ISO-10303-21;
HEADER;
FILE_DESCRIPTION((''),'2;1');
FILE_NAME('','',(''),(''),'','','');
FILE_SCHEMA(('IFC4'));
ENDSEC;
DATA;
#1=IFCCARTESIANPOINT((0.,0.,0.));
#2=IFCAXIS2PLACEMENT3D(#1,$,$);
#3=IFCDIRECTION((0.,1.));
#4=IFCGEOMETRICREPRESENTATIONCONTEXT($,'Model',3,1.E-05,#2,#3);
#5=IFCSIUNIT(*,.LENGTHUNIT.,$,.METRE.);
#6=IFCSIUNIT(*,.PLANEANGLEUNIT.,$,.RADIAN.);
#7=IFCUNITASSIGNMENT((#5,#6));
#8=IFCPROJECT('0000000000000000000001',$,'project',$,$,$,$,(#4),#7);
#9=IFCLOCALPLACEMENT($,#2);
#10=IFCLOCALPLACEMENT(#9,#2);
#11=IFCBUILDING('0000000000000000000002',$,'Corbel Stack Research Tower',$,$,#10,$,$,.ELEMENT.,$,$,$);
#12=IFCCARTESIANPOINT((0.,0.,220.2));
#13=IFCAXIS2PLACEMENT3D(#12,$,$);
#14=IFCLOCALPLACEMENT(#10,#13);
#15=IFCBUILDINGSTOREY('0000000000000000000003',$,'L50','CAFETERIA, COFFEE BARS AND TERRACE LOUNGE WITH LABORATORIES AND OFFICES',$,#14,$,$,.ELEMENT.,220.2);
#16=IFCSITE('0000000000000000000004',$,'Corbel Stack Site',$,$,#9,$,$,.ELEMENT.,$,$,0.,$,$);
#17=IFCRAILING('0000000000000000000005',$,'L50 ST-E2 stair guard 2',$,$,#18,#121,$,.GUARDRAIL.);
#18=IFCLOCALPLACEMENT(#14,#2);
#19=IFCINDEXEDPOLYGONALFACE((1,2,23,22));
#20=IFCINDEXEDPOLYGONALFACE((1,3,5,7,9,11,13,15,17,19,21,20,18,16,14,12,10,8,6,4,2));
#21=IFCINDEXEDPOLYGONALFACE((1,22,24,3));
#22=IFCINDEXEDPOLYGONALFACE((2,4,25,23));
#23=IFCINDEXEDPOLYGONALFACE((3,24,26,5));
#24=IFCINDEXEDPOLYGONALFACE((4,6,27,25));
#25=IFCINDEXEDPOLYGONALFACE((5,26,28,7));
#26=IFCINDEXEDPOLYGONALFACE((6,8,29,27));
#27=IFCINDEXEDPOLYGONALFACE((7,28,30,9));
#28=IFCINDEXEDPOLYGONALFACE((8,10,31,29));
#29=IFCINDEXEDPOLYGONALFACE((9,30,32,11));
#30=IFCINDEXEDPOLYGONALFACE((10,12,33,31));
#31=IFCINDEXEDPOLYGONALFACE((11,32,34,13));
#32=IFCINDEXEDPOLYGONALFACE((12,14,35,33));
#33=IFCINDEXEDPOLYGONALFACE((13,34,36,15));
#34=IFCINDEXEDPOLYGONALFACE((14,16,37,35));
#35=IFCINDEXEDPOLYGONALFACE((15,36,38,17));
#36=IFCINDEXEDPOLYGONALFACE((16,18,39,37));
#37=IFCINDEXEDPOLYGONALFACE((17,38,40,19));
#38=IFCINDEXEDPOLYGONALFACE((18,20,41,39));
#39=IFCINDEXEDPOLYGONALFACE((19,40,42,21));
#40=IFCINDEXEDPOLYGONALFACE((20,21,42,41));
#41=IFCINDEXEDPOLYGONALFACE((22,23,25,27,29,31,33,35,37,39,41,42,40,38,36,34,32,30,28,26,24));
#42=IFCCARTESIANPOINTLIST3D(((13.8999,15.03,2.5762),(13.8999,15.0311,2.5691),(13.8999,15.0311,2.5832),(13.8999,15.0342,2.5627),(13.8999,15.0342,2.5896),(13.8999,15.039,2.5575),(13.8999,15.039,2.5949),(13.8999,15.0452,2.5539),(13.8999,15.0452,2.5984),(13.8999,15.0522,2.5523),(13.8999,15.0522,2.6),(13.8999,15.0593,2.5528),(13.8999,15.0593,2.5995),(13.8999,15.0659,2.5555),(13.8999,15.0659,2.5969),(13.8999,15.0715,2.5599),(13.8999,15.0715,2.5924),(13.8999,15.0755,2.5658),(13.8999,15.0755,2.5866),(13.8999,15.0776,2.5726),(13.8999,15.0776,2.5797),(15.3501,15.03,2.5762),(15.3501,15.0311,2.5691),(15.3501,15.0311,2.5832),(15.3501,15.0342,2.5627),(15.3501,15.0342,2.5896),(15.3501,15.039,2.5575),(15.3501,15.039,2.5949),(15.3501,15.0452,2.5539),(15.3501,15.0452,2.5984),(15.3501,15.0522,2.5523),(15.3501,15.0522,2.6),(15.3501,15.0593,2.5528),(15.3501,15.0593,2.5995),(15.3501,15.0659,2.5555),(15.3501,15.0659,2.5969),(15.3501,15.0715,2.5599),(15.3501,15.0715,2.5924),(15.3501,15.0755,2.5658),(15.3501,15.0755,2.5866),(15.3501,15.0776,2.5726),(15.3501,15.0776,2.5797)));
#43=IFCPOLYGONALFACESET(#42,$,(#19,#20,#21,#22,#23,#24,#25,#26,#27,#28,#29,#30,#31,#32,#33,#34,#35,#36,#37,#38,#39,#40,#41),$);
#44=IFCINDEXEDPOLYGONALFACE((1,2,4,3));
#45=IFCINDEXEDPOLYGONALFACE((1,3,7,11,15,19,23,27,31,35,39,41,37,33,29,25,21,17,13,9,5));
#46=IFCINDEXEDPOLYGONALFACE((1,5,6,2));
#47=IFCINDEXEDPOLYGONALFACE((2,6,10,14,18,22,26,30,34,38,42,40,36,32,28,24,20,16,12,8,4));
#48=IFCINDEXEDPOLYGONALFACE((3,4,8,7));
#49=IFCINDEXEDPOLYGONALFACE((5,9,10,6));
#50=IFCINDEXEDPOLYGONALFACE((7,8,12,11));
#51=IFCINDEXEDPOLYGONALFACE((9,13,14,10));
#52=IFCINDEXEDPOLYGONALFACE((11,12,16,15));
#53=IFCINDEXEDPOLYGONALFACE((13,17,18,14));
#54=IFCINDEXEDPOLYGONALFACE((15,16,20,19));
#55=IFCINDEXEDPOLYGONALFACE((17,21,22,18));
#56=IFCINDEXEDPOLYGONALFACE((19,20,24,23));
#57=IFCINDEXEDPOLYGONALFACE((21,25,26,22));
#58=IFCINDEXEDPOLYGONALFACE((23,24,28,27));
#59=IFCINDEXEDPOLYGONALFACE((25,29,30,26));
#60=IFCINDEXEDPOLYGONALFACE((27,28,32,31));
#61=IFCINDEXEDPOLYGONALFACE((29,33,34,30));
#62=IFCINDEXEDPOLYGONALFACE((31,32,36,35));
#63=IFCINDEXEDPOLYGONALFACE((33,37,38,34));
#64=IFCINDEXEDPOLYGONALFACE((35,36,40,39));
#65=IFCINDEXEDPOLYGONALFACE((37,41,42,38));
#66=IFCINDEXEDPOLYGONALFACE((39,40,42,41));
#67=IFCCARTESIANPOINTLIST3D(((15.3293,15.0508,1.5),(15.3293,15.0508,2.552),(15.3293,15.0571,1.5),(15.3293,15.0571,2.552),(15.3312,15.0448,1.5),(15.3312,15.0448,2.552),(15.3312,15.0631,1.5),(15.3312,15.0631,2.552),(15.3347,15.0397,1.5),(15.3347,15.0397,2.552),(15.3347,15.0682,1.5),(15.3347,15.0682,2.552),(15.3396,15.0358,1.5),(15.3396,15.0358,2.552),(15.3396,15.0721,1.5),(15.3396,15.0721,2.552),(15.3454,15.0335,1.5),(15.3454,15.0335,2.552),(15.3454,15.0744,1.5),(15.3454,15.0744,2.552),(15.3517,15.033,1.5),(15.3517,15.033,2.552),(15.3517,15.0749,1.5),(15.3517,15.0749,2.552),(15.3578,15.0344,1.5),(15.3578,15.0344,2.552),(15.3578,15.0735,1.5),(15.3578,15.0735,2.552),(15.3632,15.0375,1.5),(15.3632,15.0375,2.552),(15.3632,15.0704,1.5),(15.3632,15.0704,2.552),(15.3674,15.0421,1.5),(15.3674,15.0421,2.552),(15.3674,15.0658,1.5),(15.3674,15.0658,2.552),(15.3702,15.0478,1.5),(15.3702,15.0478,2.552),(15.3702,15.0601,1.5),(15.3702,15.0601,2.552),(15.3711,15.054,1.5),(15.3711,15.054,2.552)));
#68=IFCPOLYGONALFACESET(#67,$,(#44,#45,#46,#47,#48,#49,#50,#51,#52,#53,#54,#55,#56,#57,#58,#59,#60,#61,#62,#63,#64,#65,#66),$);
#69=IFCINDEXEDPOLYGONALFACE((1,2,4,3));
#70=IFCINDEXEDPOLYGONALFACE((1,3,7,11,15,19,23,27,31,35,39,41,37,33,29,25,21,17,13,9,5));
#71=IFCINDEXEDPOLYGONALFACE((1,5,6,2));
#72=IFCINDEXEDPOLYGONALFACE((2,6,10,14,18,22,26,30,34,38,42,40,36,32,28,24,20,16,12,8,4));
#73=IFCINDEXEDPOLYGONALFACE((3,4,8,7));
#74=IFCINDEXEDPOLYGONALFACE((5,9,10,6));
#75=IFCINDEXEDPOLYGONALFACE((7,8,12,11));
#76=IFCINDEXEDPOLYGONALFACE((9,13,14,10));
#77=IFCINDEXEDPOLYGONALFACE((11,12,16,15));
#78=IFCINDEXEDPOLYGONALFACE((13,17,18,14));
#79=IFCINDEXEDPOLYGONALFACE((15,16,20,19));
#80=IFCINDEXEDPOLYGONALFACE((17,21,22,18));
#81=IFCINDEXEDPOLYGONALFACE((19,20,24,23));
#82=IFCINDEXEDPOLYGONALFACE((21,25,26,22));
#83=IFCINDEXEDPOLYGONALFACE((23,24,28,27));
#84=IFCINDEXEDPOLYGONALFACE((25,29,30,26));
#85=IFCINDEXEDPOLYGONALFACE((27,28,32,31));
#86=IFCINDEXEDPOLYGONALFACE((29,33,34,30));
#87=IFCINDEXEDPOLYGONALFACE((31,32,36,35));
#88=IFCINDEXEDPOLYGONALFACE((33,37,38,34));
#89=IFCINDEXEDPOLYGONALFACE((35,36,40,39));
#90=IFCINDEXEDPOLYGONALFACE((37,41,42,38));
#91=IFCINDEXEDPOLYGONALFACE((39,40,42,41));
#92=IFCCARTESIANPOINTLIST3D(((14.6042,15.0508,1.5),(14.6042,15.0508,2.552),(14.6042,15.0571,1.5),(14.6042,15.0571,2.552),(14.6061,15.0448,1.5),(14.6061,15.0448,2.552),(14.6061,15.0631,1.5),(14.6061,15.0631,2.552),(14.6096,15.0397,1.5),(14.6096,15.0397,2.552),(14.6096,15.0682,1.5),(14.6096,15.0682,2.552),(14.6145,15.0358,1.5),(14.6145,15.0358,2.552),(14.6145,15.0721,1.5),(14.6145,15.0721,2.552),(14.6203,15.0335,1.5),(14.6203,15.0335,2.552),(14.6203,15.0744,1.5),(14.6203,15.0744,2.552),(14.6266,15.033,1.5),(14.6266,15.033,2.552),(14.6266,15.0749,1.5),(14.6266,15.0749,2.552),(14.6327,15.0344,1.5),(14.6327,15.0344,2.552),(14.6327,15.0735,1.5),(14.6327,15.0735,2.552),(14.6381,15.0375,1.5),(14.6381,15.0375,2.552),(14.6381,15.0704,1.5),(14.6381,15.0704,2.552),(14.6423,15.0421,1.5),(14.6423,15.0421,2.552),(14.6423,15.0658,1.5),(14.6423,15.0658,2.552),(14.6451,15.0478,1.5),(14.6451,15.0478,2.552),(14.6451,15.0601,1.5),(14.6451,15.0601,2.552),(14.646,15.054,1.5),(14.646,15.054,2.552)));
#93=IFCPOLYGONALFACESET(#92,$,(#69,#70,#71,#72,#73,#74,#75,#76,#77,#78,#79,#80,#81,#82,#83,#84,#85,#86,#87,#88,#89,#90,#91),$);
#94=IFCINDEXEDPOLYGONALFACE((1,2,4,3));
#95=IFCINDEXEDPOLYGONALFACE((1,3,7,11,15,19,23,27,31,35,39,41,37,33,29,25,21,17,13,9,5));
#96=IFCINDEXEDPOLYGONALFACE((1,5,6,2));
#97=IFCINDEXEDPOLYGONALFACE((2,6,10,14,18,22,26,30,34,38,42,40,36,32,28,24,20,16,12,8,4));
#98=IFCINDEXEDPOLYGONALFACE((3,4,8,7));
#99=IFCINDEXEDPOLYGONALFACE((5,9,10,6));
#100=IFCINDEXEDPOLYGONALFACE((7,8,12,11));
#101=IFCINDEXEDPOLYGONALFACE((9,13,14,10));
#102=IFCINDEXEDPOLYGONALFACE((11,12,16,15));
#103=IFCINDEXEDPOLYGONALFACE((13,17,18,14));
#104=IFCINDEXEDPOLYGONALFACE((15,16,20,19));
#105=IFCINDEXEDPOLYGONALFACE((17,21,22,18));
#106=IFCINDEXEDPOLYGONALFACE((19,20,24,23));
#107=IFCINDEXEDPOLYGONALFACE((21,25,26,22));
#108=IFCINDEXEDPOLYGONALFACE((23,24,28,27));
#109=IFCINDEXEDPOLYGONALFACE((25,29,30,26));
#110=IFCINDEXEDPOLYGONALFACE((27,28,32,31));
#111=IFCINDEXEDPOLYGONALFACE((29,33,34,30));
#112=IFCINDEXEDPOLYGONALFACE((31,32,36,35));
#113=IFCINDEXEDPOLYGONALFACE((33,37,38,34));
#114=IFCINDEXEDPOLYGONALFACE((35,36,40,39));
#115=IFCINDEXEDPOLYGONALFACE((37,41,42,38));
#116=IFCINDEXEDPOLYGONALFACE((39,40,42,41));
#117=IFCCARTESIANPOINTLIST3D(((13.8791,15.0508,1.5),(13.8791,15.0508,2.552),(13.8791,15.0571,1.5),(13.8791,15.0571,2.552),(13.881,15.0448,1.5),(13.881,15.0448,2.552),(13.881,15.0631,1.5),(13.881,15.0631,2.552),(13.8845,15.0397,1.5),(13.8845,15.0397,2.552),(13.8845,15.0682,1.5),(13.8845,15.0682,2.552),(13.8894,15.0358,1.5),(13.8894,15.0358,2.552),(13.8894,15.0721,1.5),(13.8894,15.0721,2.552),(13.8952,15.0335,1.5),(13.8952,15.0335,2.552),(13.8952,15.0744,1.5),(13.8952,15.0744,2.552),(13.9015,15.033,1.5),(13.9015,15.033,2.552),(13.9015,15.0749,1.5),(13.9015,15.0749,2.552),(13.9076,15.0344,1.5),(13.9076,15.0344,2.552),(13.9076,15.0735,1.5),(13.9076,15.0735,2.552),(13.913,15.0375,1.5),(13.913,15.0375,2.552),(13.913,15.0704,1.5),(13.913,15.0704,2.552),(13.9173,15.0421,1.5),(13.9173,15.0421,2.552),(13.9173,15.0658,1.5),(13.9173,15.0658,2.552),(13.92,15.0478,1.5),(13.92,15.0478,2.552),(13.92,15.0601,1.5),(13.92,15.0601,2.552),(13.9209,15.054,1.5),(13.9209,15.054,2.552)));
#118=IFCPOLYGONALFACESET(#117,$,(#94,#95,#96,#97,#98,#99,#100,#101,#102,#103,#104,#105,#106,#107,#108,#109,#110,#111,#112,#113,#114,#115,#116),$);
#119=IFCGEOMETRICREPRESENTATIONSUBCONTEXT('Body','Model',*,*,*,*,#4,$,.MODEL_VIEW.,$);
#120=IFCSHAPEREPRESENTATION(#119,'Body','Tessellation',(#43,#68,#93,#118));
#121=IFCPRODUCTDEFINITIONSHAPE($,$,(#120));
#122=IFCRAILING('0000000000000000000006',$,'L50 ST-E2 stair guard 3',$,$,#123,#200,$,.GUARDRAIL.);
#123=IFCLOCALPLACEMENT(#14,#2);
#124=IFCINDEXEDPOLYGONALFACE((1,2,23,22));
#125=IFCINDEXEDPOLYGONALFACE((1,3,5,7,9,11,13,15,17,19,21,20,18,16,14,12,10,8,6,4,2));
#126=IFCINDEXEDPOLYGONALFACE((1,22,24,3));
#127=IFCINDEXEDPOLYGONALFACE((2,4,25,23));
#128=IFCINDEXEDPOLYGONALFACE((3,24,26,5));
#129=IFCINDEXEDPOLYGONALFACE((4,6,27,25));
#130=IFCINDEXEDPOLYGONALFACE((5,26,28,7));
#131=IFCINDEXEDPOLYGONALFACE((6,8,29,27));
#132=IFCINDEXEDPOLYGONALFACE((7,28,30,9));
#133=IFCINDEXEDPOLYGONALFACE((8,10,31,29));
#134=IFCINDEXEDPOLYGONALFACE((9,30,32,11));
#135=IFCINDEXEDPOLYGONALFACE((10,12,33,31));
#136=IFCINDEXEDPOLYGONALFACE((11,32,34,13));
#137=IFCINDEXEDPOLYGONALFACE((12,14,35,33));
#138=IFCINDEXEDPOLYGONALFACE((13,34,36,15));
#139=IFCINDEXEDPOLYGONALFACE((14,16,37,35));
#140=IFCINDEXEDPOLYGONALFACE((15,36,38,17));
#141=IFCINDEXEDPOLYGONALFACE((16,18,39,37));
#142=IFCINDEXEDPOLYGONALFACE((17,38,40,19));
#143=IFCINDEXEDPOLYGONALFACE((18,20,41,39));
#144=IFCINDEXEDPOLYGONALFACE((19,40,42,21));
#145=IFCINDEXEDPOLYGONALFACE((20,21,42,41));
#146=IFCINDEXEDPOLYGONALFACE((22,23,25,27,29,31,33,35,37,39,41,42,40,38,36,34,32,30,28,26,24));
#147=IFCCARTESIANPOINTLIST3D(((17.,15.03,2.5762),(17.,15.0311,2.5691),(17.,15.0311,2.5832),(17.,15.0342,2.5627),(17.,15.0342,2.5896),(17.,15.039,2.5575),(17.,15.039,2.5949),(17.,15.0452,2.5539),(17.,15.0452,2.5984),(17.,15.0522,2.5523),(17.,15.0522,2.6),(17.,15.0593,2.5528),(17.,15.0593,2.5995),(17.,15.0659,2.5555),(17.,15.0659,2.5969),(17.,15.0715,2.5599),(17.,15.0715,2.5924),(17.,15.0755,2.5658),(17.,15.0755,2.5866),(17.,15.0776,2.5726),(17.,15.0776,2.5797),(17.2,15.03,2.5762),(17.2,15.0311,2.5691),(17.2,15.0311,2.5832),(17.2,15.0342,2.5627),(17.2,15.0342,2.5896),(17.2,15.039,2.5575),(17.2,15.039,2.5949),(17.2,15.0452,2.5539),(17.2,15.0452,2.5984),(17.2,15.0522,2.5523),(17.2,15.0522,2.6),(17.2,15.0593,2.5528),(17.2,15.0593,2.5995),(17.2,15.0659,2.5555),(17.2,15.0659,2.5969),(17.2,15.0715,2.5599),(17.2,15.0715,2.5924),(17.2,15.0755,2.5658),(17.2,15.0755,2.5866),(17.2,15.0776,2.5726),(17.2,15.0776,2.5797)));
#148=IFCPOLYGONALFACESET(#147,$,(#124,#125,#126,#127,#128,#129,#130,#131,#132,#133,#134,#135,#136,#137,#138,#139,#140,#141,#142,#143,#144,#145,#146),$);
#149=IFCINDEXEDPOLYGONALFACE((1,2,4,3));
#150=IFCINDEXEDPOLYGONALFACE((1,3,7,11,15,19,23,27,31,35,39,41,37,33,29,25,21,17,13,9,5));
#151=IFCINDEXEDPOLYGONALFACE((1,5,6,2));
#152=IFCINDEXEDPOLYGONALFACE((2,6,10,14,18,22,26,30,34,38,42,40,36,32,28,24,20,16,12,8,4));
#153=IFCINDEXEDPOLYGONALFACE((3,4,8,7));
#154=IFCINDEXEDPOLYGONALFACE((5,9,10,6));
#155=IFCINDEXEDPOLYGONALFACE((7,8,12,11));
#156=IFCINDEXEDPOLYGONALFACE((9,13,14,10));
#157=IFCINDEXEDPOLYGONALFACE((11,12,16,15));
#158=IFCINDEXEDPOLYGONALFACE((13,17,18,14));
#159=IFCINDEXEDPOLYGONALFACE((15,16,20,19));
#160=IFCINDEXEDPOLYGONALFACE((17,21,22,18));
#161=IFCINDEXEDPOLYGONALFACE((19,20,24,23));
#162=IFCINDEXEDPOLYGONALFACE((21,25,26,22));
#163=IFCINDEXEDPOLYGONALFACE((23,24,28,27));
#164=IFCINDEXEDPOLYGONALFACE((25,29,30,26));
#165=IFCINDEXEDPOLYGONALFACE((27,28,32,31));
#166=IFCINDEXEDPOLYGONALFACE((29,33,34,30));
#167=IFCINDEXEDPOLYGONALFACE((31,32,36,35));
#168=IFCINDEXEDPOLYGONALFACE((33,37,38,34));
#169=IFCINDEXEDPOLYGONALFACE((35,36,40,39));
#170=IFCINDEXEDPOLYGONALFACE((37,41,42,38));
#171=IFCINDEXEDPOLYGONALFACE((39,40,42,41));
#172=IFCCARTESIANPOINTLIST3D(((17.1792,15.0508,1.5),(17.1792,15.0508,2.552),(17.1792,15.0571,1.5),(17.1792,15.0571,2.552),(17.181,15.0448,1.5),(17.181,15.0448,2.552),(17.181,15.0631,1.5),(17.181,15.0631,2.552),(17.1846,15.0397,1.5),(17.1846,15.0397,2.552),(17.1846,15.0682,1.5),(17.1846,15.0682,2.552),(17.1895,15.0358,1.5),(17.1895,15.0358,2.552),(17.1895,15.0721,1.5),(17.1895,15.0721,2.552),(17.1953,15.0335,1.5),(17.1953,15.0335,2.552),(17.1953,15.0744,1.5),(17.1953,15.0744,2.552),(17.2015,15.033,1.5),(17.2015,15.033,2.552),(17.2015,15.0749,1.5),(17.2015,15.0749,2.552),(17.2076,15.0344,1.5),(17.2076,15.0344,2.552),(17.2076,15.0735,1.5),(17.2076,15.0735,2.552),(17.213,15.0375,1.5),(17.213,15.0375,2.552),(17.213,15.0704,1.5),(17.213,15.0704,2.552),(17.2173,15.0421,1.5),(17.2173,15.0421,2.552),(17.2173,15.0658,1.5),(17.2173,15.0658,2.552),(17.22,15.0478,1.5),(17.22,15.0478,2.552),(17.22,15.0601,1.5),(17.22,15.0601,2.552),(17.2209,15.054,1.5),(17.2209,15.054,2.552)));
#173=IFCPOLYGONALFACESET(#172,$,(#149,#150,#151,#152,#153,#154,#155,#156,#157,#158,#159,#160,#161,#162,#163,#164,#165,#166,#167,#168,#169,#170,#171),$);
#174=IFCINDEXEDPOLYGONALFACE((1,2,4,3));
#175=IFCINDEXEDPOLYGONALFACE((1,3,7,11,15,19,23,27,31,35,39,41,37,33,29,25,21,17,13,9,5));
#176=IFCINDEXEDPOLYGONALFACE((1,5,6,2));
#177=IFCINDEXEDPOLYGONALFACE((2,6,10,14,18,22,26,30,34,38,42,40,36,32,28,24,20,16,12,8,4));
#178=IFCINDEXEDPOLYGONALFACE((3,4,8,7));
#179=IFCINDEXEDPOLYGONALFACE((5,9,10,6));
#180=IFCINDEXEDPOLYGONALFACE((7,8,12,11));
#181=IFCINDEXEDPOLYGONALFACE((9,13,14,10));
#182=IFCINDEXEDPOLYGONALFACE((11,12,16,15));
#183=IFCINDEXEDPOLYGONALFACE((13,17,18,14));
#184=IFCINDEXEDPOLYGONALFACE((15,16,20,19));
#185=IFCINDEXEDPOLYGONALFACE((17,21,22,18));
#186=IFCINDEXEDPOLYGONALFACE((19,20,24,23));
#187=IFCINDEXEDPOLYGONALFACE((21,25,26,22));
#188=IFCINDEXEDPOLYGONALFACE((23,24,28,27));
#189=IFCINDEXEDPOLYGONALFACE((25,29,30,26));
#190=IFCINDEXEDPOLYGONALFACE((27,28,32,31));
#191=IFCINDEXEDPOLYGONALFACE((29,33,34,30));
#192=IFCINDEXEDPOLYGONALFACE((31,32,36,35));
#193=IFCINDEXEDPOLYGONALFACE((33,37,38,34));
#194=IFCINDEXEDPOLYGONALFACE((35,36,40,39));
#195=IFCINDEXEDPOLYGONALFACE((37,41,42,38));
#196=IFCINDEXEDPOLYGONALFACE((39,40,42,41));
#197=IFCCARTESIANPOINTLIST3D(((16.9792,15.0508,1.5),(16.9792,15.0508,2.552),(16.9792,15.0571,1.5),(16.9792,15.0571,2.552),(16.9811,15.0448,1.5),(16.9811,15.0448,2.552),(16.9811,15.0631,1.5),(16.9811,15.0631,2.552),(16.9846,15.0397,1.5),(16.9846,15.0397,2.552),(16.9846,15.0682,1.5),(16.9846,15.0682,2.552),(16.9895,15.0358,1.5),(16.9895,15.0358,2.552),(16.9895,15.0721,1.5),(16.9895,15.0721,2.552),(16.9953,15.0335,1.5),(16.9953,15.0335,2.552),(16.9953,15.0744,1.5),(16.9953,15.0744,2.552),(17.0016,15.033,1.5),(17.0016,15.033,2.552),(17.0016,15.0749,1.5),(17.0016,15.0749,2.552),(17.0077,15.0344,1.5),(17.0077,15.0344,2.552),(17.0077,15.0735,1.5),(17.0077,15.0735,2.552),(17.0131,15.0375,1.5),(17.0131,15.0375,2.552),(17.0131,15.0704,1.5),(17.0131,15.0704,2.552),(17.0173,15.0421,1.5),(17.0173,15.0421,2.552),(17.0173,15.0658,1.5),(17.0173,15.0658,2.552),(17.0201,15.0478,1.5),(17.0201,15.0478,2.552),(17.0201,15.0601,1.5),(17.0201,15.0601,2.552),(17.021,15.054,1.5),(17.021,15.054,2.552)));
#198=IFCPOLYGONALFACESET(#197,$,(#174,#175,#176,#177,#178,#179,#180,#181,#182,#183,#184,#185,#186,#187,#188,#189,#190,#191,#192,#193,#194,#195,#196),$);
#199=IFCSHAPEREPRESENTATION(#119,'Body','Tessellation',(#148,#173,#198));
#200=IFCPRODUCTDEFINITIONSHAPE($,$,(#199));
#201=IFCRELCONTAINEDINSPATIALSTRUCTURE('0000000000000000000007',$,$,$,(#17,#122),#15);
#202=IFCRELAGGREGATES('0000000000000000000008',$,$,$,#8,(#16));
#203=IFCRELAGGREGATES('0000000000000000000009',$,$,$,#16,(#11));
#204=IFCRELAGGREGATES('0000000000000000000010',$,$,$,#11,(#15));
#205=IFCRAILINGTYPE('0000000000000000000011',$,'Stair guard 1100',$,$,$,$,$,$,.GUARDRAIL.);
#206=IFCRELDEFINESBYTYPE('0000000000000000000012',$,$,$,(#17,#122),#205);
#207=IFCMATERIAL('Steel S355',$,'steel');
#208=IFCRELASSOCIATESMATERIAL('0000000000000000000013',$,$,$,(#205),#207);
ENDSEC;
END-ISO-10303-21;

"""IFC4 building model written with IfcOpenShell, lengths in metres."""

from ifc_helpers import new_model, si_unit, direction, frame, origin, origin_2d, place, context, subcontext, project, spatial, circle, extrude, material, type_object, element, save


model = new_model("IFC4")

# Units and contexts
model_context = context("Model", 3, precision=1e-05, world=origin(), true_north=direction((0.0, 1.0)))
body_context = subcontext(model_context, "Body", "Model", "MODEL_VIEW")
ifc_project = project(units=[si_unit("LENGTHUNIT", "METRE"), si_unit("PLANEANGLEUNIT", "RADIAN")], contexts=[model_context])

# Site, building, storey
site_placement = place(None, origin())
site = spatial("IfcSite", under=ifc_project, at=site_placement, Name="Corbel Stack Site", CompositionType="ELEMENT", RefElevation=0.0)
building_placement = place(site_placement, origin())
building = spatial("IfcBuilding", under=site, at=building_placement, Name="Corbel Stack Research Tower", CompositionType="ELEMENT")
storey_placement = place(building_placement, frame((0.0, 0.0, 220.2)))
storey = spatial("IfcBuildingStorey", under=building, at=storey_placement, Name="L50", Description="CAFETERIA, COFFEE BARS AND TERRACE LOUNGE WITH LABORATORIES AND OFFICES", CompositionType="ELEMENT", Elevation=220.2)

# Railings
ifc_material_1 = material(Name="Steel S355", Category="steel")
railing_type_1 = type_object("IfcRailingType", Name="Stair guard 1100", PredefinedType="GUARDRAIL", material=ifc_material_1)
railing_1_placement = place(storey_placement, frame((15.3501, 15.054, 1.5)))
element("IfcRailing", 1, at=railing_1_placement, inside=storey, type_object=railing_type_1, Name="L50 ST-E2 stair guard 2", PredefinedType="GUARDRAIL", context=body_context, shape_type="SweptSolid", body=[
    extrude(circle(Radius=0.0239, at=origin_2d()), frame((0.0, 0.0, 1.0762), z_axis=(-1.0, 0.0, 0.0), x_axis=(0.0, -1.0, 0.0)), (0.0, 0.0, 1.0), 1.4502),
    extrude(circle(Radius=0.021, at=origin_2d()), origin(), (0.0, 0.0, 1.0), 1.052),
    extrude(circle(Radius=0.021, at=origin_2d()), frame((-0.7251, 0.0, 0.0)), (0.0, 0.0, 1.0), 1.052),
    extrude(circle(Radius=0.021, at=origin_2d()), frame((-1.4502, 0.0, 0.0)), (0.0, 0.0, 1.0), 1.052),
])
railing_2_placement = place(storey_placement, frame((17.2, 15.054, 1.5)))
element("IfcRailing", 2, at=railing_2_placement, inside=storey, type_object=railing_type_1, Name="L50 ST-E2 stair guard 3", PredefinedType="GUARDRAIL", context=body_context, shape_type="SweptSolid", body=[
    extrude(circle(Radius=0.0239, at=origin_2d()), frame((0.0, 0.0, 1.0762), z_axis=(-1.0, 0.0, 0.0), x_axis=(0.0, -1.0, 0.0)), (0.0, 0.0, 1.0), 0.2),
    extrude(circle(Radius=0.021, at=origin_2d()), origin(), (0.0, 0.0, 1.0), 1.052),
    extrude(circle(Radius=0.021, at=origin_2d()), frame((-0.2, 0.0, 0.0)), (0.0, 0.0, 1.0), 1.052),
])

save(model, "model.ifc")
